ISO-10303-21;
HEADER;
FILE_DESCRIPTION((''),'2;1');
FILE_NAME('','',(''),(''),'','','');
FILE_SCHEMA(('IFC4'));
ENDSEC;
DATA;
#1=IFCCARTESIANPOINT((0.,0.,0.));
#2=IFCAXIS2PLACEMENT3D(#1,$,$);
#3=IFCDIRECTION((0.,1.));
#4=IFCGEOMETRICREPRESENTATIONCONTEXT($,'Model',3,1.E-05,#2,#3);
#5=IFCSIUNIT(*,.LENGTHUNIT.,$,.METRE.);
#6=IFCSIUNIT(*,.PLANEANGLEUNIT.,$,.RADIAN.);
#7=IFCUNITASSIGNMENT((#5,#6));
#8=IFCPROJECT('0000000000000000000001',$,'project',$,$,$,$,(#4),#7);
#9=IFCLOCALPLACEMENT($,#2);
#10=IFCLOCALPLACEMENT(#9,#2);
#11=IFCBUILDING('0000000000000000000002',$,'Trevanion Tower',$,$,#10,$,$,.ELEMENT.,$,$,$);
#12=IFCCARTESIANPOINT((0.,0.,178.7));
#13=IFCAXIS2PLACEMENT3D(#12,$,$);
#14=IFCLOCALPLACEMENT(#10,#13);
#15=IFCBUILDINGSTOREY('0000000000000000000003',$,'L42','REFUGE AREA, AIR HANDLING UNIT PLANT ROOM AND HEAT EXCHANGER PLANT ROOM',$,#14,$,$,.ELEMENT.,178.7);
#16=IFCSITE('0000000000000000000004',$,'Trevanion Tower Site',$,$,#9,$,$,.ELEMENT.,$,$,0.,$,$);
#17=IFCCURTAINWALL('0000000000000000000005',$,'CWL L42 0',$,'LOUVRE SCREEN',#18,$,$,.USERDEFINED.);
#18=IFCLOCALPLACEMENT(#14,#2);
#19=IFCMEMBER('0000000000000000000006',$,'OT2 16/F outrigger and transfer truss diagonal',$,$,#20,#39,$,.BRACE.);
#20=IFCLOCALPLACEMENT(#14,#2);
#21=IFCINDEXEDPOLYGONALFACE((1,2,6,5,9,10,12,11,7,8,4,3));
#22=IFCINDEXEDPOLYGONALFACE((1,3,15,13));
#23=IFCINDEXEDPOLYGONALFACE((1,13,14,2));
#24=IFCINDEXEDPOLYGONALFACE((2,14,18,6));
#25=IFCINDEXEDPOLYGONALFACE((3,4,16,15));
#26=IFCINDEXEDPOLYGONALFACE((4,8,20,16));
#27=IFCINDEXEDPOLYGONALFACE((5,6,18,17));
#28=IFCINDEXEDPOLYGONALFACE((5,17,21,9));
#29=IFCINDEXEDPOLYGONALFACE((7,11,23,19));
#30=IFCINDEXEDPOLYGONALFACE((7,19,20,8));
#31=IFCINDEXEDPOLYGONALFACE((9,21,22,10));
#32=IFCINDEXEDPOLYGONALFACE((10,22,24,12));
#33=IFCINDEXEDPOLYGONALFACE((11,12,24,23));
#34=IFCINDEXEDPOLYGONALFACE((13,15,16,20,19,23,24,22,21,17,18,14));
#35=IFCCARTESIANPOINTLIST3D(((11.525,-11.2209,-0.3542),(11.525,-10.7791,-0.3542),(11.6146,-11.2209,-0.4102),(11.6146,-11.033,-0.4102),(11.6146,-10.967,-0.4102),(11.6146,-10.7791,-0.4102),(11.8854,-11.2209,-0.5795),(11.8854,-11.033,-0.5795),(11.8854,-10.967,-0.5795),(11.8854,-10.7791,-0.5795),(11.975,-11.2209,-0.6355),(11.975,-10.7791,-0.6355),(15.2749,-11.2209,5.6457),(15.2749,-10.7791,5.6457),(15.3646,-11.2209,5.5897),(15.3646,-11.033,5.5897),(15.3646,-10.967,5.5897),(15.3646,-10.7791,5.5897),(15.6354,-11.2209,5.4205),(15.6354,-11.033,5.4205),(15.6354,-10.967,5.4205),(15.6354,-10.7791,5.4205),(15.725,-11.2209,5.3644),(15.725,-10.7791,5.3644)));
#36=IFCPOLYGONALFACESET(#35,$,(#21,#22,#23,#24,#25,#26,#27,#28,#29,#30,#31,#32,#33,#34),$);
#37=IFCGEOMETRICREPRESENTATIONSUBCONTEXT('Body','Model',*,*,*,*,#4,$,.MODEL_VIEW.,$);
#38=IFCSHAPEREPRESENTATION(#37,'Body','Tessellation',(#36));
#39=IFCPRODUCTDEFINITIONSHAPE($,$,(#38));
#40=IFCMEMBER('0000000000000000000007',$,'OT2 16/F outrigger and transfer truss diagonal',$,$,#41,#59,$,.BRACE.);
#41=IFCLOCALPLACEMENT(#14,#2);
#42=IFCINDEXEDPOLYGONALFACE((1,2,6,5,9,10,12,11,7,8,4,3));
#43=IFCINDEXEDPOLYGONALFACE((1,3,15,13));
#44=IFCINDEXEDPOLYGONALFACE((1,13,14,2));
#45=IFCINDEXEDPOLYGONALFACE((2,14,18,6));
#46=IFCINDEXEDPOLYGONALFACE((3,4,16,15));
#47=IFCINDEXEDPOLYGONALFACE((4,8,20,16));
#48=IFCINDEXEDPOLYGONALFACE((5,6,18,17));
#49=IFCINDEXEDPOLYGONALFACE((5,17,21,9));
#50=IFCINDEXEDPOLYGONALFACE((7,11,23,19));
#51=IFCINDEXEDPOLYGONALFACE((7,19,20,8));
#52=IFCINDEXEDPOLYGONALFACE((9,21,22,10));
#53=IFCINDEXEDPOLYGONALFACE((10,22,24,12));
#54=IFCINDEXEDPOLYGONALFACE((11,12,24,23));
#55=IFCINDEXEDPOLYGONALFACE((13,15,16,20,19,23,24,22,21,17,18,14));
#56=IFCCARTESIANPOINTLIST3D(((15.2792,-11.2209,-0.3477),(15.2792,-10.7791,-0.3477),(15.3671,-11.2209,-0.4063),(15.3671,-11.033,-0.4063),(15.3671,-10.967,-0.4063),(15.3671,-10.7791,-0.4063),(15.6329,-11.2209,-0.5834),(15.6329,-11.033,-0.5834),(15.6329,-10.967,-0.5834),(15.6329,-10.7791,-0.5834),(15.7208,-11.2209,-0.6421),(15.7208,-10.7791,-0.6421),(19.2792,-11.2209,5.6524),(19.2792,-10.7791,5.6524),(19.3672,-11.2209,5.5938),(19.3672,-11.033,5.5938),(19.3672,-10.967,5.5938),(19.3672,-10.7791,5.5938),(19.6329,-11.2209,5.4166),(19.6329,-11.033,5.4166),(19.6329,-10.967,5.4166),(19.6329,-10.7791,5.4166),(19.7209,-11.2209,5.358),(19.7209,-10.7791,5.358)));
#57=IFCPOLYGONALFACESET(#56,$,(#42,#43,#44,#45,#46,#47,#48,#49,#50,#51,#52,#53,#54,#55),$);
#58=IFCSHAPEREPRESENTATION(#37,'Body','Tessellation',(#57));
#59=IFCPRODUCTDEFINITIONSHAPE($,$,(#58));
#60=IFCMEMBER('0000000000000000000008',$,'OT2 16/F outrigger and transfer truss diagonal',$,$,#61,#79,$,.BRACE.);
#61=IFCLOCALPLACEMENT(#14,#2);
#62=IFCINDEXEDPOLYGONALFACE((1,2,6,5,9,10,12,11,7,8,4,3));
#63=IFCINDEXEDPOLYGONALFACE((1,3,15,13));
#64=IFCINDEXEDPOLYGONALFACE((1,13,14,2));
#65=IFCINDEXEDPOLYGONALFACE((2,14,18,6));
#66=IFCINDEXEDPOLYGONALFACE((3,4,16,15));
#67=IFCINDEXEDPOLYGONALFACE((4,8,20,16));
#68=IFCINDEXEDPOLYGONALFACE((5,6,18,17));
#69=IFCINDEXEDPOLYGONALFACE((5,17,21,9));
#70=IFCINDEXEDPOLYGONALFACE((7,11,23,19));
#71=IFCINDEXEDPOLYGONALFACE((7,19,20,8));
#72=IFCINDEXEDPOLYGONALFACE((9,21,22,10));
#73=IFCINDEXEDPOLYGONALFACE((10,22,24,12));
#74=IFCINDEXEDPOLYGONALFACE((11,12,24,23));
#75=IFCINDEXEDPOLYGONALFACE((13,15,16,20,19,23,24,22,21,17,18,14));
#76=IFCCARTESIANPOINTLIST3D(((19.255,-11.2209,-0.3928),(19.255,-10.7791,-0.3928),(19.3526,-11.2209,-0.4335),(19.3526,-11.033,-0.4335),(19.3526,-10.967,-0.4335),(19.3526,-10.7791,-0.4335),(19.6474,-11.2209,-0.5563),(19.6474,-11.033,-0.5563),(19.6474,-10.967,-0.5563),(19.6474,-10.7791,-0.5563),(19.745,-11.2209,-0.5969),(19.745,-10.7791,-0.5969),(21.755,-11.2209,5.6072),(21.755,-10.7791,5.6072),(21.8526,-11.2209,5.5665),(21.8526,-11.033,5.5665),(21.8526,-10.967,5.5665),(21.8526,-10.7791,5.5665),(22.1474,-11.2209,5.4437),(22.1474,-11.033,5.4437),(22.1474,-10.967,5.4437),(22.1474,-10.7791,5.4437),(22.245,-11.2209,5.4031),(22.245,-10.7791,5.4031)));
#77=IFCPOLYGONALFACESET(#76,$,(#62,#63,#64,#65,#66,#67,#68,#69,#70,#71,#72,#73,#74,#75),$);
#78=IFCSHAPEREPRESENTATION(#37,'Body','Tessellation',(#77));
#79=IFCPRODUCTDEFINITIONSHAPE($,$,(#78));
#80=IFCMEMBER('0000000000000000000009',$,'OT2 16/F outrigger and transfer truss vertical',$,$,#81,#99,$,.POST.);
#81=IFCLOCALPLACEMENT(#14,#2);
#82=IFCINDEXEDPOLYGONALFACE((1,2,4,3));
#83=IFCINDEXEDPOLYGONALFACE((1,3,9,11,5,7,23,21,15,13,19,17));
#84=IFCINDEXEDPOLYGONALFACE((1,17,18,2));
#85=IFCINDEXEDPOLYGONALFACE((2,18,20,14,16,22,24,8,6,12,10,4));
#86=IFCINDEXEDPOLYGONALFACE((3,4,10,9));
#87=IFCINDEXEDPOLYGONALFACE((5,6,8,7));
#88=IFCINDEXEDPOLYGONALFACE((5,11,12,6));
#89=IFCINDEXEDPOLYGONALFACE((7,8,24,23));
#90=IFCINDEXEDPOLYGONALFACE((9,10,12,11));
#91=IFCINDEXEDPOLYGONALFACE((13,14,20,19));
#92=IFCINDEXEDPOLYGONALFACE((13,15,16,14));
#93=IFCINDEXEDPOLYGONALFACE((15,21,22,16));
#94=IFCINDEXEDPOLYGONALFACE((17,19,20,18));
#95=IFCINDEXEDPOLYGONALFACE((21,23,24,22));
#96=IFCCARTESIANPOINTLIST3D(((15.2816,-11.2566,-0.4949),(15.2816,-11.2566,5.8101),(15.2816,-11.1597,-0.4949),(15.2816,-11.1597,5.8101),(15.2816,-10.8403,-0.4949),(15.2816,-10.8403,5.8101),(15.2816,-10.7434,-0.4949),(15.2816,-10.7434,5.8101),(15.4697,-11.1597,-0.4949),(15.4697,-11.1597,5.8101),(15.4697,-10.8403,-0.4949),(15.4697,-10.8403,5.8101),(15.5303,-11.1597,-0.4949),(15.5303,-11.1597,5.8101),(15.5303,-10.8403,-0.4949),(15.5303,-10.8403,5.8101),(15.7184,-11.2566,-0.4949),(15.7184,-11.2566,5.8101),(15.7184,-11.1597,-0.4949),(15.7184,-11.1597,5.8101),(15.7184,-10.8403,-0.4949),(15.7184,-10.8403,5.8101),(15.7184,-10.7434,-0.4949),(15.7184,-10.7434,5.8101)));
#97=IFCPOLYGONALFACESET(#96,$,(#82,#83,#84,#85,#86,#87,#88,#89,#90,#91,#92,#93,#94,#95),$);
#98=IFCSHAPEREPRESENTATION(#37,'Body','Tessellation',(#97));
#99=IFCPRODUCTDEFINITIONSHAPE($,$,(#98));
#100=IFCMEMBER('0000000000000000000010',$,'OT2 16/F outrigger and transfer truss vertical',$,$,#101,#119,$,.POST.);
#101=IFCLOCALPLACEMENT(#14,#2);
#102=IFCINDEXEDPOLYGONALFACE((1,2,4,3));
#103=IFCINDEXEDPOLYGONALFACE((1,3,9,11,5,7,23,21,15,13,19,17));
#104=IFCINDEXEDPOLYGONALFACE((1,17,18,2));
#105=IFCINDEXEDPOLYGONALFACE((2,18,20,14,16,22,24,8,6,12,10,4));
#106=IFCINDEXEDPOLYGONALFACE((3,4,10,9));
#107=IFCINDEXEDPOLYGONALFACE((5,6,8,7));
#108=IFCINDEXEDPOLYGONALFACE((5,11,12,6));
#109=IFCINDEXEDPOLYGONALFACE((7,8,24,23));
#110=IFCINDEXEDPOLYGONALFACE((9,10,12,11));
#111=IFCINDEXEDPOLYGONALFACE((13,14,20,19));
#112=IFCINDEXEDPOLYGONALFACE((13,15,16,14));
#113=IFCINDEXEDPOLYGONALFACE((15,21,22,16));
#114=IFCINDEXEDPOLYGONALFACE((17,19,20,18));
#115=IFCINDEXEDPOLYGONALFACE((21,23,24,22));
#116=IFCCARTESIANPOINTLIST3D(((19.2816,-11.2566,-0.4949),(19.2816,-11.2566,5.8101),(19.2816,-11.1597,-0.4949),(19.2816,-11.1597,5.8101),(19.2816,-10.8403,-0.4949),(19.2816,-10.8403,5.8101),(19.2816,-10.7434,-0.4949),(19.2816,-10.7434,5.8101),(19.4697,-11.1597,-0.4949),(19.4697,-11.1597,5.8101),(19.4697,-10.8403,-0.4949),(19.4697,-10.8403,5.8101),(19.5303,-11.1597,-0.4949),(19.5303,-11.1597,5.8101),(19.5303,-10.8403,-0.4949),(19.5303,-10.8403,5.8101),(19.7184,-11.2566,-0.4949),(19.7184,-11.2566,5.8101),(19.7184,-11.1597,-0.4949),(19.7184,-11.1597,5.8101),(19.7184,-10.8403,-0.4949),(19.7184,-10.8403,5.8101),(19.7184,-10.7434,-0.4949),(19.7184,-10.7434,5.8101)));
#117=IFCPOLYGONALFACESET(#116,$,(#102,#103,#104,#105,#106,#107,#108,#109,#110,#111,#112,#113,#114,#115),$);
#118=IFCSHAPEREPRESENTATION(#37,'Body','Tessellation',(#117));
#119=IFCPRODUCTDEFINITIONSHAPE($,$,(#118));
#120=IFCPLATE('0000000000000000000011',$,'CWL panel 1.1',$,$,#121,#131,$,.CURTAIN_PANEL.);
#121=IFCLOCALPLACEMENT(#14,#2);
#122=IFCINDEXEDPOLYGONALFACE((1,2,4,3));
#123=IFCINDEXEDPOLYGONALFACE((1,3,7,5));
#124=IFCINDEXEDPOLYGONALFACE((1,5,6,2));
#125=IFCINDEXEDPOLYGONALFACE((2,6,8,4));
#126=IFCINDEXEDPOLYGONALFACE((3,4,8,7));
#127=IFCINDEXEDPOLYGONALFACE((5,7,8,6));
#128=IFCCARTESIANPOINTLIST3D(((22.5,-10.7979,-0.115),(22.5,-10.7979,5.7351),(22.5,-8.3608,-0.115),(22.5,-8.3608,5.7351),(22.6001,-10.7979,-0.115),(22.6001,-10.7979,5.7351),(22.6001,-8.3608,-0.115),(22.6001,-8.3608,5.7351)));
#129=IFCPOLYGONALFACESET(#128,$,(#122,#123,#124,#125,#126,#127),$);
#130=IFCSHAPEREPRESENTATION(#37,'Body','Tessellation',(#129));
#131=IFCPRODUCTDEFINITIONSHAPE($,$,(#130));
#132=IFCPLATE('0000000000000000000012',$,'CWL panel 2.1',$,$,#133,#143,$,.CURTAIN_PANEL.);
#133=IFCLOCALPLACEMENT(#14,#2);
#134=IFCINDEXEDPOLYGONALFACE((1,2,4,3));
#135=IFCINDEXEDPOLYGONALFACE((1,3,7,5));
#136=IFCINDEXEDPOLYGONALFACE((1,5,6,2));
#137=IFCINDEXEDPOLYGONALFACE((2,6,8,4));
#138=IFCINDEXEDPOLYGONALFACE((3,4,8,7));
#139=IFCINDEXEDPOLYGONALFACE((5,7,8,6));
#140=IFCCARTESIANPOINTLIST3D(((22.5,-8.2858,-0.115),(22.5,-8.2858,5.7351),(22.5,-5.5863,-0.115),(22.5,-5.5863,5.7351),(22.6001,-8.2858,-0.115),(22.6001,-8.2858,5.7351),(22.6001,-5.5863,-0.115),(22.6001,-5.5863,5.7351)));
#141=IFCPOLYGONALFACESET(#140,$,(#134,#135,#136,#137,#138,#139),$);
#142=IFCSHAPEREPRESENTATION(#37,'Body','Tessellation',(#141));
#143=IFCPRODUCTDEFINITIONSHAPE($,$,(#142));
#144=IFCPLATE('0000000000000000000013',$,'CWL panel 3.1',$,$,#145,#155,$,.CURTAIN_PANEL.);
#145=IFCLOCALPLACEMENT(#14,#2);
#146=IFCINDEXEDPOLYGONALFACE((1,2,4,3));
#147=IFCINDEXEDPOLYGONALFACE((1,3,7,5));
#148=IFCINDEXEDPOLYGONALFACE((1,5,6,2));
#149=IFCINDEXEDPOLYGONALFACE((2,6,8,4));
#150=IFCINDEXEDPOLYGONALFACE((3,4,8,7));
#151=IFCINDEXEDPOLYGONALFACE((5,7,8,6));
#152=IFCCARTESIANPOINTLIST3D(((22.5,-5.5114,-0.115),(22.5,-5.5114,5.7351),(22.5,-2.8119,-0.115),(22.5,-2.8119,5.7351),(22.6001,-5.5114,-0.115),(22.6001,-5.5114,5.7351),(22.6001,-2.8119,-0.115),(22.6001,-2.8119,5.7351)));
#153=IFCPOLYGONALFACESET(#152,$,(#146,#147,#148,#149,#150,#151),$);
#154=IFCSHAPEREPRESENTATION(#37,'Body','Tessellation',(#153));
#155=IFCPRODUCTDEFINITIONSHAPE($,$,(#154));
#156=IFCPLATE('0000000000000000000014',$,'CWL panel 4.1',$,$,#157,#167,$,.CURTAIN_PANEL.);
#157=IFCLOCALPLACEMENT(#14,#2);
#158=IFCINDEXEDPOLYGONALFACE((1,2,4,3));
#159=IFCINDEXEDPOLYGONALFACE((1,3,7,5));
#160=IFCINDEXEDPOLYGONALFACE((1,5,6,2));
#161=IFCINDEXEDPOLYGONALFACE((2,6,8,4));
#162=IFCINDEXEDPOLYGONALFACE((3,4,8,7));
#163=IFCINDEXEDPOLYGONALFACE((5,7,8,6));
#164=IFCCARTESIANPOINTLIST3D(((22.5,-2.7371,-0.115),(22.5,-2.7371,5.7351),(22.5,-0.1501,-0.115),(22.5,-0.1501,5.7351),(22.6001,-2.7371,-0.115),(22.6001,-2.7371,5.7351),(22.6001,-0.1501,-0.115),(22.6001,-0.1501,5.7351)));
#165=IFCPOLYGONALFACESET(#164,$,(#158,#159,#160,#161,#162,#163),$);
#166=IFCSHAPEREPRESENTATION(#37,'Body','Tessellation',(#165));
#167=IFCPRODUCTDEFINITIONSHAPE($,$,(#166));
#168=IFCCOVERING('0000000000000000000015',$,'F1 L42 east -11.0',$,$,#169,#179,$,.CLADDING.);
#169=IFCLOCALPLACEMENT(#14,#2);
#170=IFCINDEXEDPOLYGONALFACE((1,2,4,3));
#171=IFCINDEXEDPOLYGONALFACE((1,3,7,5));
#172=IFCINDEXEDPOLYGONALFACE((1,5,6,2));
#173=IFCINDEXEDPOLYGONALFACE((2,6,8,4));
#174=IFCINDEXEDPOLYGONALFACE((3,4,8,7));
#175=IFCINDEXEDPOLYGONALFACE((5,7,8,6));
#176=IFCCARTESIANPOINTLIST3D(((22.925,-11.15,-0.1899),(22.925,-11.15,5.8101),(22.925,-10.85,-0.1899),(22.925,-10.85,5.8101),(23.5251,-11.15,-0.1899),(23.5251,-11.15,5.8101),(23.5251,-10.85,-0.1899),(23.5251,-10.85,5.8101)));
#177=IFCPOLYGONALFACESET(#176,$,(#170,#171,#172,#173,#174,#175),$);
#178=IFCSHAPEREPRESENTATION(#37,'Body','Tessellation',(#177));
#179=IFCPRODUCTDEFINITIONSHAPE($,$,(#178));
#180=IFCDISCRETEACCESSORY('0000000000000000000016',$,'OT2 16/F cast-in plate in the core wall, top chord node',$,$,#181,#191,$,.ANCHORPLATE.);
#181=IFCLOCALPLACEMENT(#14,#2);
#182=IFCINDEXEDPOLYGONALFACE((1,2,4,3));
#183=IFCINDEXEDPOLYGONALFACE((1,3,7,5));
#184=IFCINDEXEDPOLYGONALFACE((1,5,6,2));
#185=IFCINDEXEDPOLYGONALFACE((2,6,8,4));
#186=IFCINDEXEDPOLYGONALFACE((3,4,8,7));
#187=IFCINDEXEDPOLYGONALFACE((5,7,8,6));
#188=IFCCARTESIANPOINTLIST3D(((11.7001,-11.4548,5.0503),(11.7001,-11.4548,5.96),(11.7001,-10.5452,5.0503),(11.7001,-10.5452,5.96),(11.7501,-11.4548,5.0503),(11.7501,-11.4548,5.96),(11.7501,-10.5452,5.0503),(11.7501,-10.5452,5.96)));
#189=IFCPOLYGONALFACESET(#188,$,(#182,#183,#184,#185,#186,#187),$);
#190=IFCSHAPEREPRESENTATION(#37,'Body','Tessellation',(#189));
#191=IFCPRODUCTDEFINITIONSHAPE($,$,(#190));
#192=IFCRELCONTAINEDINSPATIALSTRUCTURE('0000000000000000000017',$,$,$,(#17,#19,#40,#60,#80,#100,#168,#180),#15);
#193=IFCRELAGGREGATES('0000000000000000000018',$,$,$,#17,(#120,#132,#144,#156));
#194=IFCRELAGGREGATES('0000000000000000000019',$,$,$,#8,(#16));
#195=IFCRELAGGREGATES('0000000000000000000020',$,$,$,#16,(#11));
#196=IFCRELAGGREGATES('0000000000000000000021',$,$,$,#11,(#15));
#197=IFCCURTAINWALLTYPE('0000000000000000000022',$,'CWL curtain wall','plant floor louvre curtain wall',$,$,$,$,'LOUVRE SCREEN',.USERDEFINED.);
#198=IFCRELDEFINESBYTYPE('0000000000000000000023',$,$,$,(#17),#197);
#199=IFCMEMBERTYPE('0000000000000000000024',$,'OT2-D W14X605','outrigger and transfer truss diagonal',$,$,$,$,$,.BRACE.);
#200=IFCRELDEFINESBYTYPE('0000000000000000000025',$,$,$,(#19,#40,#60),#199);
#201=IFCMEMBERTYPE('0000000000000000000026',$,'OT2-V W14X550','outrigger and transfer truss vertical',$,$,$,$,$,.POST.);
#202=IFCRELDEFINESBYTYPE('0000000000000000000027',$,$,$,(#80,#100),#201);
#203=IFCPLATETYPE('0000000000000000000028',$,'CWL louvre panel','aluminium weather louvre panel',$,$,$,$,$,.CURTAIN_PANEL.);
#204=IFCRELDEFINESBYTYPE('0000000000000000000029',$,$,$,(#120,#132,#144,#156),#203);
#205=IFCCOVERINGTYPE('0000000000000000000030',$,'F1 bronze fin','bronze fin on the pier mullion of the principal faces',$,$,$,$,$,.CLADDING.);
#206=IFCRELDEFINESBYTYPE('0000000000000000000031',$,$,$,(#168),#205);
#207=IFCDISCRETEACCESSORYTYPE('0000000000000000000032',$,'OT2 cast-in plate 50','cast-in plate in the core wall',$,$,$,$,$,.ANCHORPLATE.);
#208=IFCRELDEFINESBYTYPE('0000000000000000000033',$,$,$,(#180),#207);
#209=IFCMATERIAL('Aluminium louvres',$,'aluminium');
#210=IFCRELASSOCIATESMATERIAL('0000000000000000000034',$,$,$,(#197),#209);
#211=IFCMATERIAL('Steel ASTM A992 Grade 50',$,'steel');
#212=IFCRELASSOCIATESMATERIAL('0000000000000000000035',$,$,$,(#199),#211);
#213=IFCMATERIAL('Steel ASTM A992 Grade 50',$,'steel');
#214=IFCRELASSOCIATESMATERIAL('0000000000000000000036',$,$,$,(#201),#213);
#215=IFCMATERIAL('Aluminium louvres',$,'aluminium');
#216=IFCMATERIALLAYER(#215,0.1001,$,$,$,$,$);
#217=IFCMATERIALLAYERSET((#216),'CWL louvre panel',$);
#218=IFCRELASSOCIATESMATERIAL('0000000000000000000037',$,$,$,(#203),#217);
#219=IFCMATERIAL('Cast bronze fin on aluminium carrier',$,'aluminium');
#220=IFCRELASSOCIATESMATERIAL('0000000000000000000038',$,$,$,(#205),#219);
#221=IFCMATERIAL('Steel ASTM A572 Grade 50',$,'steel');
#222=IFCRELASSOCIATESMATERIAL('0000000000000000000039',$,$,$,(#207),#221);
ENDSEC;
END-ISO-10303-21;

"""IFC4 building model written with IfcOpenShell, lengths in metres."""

from ifc_helpers import new_model, si_unit, direction, frame, origin, origin_2d, place, context, subcontext, project, spatial, rectangle, i_section, extrude, material, layer, layer_set, material_profile, profile_set, type_object, element, aggregate, save


model = new_model("IFC4")

# Units and contexts
model_context = context("Model", 3, precision=1e-05, world=origin(), true_north=direction((0.0, 1.0)))
body_context = subcontext(model_context, "Body", "Model", "MODEL_VIEW")
ifc_project = project(units=[si_unit("LENGTHUNIT", "METRE"), si_unit("PLANEANGLEUNIT", "RADIAN")], contexts=[model_context])

# Site, building, storey
site_placement = place(None, origin())
site = spatial("IfcSite", under=ifc_project, at=site_placement, Name="Trevanion Tower Site", CompositionType="ELEMENT", RefElevation=0.0)
building_placement = place(site_placement, origin())
building = spatial("IfcBuilding", under=site, at=building_placement, Name="Trevanion Tower", CompositionType="ELEMENT")
storey_placement = place(building_placement, frame((0.0, 0.0, 178.7)))
storey = spatial("IfcBuildingStorey", under=building, at=storey_placement, Name="L42", Description="REFUGE AREA, AIR HANDLING UNIT PLANT ROOM AND HEAT EXCHANGER PLANT ROOM", CompositionType="ELEMENT", Elevation=178.7)

# Curtain wall
ifc_material_1 = material(Name="Aluminium louvres", Category="aluminium")
curtain_wall_type = type_object("IfcCurtainWallType", Name="CWL curtain wall", Description="plant floor louvre curtain wall", ElementType="LOUVRE SCREEN", PredefinedType="USERDEFINED", material=ifc_material_1)
curtain_wall_placement = place(storey_placement, origin())
curtain_wall = element("IfcCurtainWall", 1, at=curtain_wall_placement, inside=storey, type_object=curtain_wall_type, Name="CWL L42 0", ObjectType="LOUVRE SCREEN", PredefinedType="USERDEFINED")

# Members
ifc_material_2 = material(Name="Steel ASTM A992 Grade 50", Category="steel")
ifc_material_profile_1 = material_profile(ifc_material_2, i_section(OverallWidth=0.4419, OverallDepth=0.5308, WebThickness=0.0659, FlangeThickness=0.1057, at=origin_2d()), Name="W14X605")
ifc_profile_set_1 = profile_set([ifc_material_profile_1], Name="Steel ASTM A992 Grade 50")
member_type_1 = type_object("IfcMemberType", Name="OT2-D W14X605", Description="outrigger and transfer truss diagonal", PredefinedType="BRACE", material=ifc_profile_set_1)
member_1_placement = place(storey_placement, frame((11.75, -11.0, -0.4949), z_axis=(0.529999, 0.0, 0.847998), x_axis=(0.0, 1.0, 0.0)))
element("IfcMember", 2, at=member_1_placement, inside=storey, type_object=member_type_1, Name="OT2 16/F outrigger and transfer truss diagonal", PredefinedType="BRACE", context=body_context, shape_type="SweptSolid", body=[
    extrude(i_section(OverallWidth=0.4419, OverallDepth=0.5308, WebThickness=0.0659, FlangeThickness=0.1057, at=origin_2d()), origin(), (0.0, 0.0, 1.0), 7.0754),
])
member_2_placement = place(storey_placement, frame((15.5, -11.0, -0.4949), z_axis=(0.5547, 0.0, 0.83205), x_axis=(0.0, 1.0, 0.0)))
element("IfcMember", 3, at=member_2_placement, inside=storey, type_object=member_type_1, Name="OT2 16/F outrigger and transfer truss diagonal", PredefinedType="BRACE", context=body_context, shape_type="SweptSolid", body=[
    extrude(i_section(OverallWidth=0.4419, OverallDepth=0.5308, WebThickness=0.0659, FlangeThickness=0.1057, at=origin_2d()), origin(), (0.0, 0.0, 1.0), 7.2112),
])
member_3_placement = place(storey_placement, frame((19.5, -11.0, -0.4949), z_axis=(0.384615, 0.0, 0.923077), x_axis=(0.0, 1.0, 0.0)))
element("IfcMember", 4, at=member_3_placement, inside=storey, type_object=member_type_1, Name="OT2 16/F outrigger and transfer truss diagonal", PredefinedType="BRACE", context=body_context, shape_type="SweptSolid", body=[
    extrude(i_section(OverallWidth=0.4419, OverallDepth=0.5308, WebThickness=0.0659, FlangeThickness=0.1057, at=origin_2d()), origin(), (0.0, 0.0, 1.0), 6.5),
])
ifc_material_3 = material(Name="Steel ASTM A992 Grade 50", Category="steel")
ifc_material_profile_2 = material_profile(ifc_material_3, i_section(OverallWidth=0.4368, OverallDepth=0.5132, WebThickness=0.0605, FlangeThickness=0.0969, at=origin_2d()), Name="W14X550")
ifc_profile_set_2 = profile_set([ifc_material_profile_2], Name="Steel ASTM A992 Grade 50")
member_type_2 = type_object("IfcMemberType", Name="OT2-V W14X550", Description="outrigger and transfer truss vertical", PredefinedType="POST", material=ifc_profile_set_2)
for number, where, z_axis, x_axis, name in (
    (5, (15.5, -11.0, -0.4949), (0.0, 0.0, 1.0), (1.0, 0.0, 0.0), "OT2 16/F outrigger and transfer truss vertical"),
    (6, (19.5, -11.0, -0.4949), (0.0, 0.0, 1.0), (1.0, 0.0, 0.0), "OT2 16/F outrigger and transfer truss vertical"),
):
    element("IfcMember", number, at=place(storey_placement, frame(where, z_axis=z_axis, x_axis=x_axis)), inside=storey, type_object=member_type_2, Name=name, PredefinedType="POST", context=body_context, shape_type="SweptSolid", body=[
        extrude(i_section(OverallWidth=0.4368, OverallDepth=0.5132, WebThickness=0.0605, FlangeThickness=0.0969, at=origin_2d()), origin(), (0.0, 0.0, 1.0), 6.3049),
    ])

# Plates
ifc_material_4 = material(Name="Aluminium louvres", Category="aluminium")
ifc_layer = layer(ifc_material_4, 0.1001)
ifc_layer_set = layer_set([ifc_layer], Name="CWL louvre panel")
plate_type = type_object("IfcPlateType", Name="CWL louvre panel", Description="aluminium weather louvre panel", PredefinedType="CURTAIN_PANEL", material=ifc_layer_set)
plate_1_placement = place(storey_placement, frame((22.55, -9.5793, -0.115), z_axis=(0.0, 0.0, 1.0), x_axis=(0.0, 1.0, 0.0)))
plate_1 = element("IfcPlate", 7, at=plate_1_placement, type_object=plate_type, Name="CWL panel 1.1", PredefinedType="CURTAIN_PANEL", context=body_context, shape_type="SweptSolid", body=[
    extrude(rectangle(XDim=2.437, YDim=0.1001, at=origin_2d()), origin(), (0.0, 0.0, 1.0), 5.8501),
])
plate_2_placement = place(storey_placement, frame((22.55, -6.936, -0.115), z_axis=(0.0, 0.0, 1.0), x_axis=(0.0, 1.0, 0.0)))
plate_2 = element("IfcPlate", 8, at=plate_2_placement, type_object=plate_type, Name="CWL panel 2.1", PredefinedType="CURTAIN_PANEL", context=body_context, shape_type="SweptSolid", body=[
    extrude(rectangle(XDim=2.6995, YDim=0.1001, at=origin_2d()), origin(), (0.0, 0.0, 1.0), 5.8501),
])
plate_3_placement = place(storey_placement, frame((22.55, -4.1616, -0.115), z_axis=(0.0, 0.0, 1.0), x_axis=(0.0, 1.0, 0.0)))
plate_3 = element("IfcPlate", 9, at=plate_3_placement, type_object=plate_type, Name="CWL panel 3.1", PredefinedType="CURTAIN_PANEL", context=body_context, shape_type="SweptSolid", body=[
    extrude(rectangle(XDim=2.6995, YDim=0.1001, at=origin_2d()), origin(), (0.0, 0.0, 1.0), 5.8501),
])
plate_4_placement = place(storey_placement, frame((22.55, -1.4436, -0.115), z_axis=(0.0, 0.0, 1.0), x_axis=(0.0, 1.0, 0.0)))
plate_4 = element("IfcPlate", 10, at=plate_4_placement, type_object=plate_type, Name="CWL panel 4.1", PredefinedType="CURTAIN_PANEL", context=body_context, shape_type="SweptSolid", body=[
    extrude(rectangle(XDim=2.5869, YDim=0.1001, at=origin_2d()), origin(), (0.0, 0.0, 1.0), 5.8501),
])
aggregate(curtain_wall, [plate_1, plate_2, plate_3, plate_4])

# Covering
ifc_material_5 = material(Name="Cast bronze fin on aluminium carrier", Category="aluminium")
covering_type = type_object("IfcCoveringType", Name="F1 bronze fin", Description="bronze fin on the pier mullion of the principal faces", PredefinedType="CLADDING", material=ifc_material_5)
covering_placement = place(storey_placement, frame((23.2251, -11.0, -0.1899), z_axis=(0.0, 0.0, 1.0), x_axis=(0.0, 1.0, 0.0)))
element("IfcCovering", 11, at=covering_placement, inside=storey, type_object=covering_type, Name="F1 L42 east -11.0", PredefinedType="CLADDING", context=body_context, shape_type="SweptSolid", body=[
    extrude(rectangle(XDim=0.3, YDim=0.6001, at=origin_2d()), origin(), (0.0, 0.0, 1.0), 6.0),
])

# Discrete accessory
ifc_material_6 = material(Name="Steel ASTM A572 Grade 50", Category="steel")
discrete_accessory_type = type_object("IfcDiscreteAccessoryType", Name="OT2 cast-in plate 50", Description="cast-in plate in the core wall", PredefinedType="ANCHORPLATE", material=ifc_material_6)
discrete_accessory_placement = place(storey_placement, frame((11.7251, -11.0, 5.0503), z_axis=(0.0, 0.0, 1.0), x_axis=(1.0, 0.0, 0.0)))
element("IfcDiscreteAccessory", 12, at=discrete_accessory_placement, inside=storey, type_object=discrete_accessory_type, Name="OT2 16/F cast-in plate in the core wall, top chord node", PredefinedType="ANCHORPLATE", context=body_context, shape_type="SweptSolid", body=[
    extrude(rectangle(XDim=0.05, YDim=0.9097, at=origin_2d()), origin(), (0.0, 0.0, 1.0), 0.9097),
])

save(model, "model.ifc")
